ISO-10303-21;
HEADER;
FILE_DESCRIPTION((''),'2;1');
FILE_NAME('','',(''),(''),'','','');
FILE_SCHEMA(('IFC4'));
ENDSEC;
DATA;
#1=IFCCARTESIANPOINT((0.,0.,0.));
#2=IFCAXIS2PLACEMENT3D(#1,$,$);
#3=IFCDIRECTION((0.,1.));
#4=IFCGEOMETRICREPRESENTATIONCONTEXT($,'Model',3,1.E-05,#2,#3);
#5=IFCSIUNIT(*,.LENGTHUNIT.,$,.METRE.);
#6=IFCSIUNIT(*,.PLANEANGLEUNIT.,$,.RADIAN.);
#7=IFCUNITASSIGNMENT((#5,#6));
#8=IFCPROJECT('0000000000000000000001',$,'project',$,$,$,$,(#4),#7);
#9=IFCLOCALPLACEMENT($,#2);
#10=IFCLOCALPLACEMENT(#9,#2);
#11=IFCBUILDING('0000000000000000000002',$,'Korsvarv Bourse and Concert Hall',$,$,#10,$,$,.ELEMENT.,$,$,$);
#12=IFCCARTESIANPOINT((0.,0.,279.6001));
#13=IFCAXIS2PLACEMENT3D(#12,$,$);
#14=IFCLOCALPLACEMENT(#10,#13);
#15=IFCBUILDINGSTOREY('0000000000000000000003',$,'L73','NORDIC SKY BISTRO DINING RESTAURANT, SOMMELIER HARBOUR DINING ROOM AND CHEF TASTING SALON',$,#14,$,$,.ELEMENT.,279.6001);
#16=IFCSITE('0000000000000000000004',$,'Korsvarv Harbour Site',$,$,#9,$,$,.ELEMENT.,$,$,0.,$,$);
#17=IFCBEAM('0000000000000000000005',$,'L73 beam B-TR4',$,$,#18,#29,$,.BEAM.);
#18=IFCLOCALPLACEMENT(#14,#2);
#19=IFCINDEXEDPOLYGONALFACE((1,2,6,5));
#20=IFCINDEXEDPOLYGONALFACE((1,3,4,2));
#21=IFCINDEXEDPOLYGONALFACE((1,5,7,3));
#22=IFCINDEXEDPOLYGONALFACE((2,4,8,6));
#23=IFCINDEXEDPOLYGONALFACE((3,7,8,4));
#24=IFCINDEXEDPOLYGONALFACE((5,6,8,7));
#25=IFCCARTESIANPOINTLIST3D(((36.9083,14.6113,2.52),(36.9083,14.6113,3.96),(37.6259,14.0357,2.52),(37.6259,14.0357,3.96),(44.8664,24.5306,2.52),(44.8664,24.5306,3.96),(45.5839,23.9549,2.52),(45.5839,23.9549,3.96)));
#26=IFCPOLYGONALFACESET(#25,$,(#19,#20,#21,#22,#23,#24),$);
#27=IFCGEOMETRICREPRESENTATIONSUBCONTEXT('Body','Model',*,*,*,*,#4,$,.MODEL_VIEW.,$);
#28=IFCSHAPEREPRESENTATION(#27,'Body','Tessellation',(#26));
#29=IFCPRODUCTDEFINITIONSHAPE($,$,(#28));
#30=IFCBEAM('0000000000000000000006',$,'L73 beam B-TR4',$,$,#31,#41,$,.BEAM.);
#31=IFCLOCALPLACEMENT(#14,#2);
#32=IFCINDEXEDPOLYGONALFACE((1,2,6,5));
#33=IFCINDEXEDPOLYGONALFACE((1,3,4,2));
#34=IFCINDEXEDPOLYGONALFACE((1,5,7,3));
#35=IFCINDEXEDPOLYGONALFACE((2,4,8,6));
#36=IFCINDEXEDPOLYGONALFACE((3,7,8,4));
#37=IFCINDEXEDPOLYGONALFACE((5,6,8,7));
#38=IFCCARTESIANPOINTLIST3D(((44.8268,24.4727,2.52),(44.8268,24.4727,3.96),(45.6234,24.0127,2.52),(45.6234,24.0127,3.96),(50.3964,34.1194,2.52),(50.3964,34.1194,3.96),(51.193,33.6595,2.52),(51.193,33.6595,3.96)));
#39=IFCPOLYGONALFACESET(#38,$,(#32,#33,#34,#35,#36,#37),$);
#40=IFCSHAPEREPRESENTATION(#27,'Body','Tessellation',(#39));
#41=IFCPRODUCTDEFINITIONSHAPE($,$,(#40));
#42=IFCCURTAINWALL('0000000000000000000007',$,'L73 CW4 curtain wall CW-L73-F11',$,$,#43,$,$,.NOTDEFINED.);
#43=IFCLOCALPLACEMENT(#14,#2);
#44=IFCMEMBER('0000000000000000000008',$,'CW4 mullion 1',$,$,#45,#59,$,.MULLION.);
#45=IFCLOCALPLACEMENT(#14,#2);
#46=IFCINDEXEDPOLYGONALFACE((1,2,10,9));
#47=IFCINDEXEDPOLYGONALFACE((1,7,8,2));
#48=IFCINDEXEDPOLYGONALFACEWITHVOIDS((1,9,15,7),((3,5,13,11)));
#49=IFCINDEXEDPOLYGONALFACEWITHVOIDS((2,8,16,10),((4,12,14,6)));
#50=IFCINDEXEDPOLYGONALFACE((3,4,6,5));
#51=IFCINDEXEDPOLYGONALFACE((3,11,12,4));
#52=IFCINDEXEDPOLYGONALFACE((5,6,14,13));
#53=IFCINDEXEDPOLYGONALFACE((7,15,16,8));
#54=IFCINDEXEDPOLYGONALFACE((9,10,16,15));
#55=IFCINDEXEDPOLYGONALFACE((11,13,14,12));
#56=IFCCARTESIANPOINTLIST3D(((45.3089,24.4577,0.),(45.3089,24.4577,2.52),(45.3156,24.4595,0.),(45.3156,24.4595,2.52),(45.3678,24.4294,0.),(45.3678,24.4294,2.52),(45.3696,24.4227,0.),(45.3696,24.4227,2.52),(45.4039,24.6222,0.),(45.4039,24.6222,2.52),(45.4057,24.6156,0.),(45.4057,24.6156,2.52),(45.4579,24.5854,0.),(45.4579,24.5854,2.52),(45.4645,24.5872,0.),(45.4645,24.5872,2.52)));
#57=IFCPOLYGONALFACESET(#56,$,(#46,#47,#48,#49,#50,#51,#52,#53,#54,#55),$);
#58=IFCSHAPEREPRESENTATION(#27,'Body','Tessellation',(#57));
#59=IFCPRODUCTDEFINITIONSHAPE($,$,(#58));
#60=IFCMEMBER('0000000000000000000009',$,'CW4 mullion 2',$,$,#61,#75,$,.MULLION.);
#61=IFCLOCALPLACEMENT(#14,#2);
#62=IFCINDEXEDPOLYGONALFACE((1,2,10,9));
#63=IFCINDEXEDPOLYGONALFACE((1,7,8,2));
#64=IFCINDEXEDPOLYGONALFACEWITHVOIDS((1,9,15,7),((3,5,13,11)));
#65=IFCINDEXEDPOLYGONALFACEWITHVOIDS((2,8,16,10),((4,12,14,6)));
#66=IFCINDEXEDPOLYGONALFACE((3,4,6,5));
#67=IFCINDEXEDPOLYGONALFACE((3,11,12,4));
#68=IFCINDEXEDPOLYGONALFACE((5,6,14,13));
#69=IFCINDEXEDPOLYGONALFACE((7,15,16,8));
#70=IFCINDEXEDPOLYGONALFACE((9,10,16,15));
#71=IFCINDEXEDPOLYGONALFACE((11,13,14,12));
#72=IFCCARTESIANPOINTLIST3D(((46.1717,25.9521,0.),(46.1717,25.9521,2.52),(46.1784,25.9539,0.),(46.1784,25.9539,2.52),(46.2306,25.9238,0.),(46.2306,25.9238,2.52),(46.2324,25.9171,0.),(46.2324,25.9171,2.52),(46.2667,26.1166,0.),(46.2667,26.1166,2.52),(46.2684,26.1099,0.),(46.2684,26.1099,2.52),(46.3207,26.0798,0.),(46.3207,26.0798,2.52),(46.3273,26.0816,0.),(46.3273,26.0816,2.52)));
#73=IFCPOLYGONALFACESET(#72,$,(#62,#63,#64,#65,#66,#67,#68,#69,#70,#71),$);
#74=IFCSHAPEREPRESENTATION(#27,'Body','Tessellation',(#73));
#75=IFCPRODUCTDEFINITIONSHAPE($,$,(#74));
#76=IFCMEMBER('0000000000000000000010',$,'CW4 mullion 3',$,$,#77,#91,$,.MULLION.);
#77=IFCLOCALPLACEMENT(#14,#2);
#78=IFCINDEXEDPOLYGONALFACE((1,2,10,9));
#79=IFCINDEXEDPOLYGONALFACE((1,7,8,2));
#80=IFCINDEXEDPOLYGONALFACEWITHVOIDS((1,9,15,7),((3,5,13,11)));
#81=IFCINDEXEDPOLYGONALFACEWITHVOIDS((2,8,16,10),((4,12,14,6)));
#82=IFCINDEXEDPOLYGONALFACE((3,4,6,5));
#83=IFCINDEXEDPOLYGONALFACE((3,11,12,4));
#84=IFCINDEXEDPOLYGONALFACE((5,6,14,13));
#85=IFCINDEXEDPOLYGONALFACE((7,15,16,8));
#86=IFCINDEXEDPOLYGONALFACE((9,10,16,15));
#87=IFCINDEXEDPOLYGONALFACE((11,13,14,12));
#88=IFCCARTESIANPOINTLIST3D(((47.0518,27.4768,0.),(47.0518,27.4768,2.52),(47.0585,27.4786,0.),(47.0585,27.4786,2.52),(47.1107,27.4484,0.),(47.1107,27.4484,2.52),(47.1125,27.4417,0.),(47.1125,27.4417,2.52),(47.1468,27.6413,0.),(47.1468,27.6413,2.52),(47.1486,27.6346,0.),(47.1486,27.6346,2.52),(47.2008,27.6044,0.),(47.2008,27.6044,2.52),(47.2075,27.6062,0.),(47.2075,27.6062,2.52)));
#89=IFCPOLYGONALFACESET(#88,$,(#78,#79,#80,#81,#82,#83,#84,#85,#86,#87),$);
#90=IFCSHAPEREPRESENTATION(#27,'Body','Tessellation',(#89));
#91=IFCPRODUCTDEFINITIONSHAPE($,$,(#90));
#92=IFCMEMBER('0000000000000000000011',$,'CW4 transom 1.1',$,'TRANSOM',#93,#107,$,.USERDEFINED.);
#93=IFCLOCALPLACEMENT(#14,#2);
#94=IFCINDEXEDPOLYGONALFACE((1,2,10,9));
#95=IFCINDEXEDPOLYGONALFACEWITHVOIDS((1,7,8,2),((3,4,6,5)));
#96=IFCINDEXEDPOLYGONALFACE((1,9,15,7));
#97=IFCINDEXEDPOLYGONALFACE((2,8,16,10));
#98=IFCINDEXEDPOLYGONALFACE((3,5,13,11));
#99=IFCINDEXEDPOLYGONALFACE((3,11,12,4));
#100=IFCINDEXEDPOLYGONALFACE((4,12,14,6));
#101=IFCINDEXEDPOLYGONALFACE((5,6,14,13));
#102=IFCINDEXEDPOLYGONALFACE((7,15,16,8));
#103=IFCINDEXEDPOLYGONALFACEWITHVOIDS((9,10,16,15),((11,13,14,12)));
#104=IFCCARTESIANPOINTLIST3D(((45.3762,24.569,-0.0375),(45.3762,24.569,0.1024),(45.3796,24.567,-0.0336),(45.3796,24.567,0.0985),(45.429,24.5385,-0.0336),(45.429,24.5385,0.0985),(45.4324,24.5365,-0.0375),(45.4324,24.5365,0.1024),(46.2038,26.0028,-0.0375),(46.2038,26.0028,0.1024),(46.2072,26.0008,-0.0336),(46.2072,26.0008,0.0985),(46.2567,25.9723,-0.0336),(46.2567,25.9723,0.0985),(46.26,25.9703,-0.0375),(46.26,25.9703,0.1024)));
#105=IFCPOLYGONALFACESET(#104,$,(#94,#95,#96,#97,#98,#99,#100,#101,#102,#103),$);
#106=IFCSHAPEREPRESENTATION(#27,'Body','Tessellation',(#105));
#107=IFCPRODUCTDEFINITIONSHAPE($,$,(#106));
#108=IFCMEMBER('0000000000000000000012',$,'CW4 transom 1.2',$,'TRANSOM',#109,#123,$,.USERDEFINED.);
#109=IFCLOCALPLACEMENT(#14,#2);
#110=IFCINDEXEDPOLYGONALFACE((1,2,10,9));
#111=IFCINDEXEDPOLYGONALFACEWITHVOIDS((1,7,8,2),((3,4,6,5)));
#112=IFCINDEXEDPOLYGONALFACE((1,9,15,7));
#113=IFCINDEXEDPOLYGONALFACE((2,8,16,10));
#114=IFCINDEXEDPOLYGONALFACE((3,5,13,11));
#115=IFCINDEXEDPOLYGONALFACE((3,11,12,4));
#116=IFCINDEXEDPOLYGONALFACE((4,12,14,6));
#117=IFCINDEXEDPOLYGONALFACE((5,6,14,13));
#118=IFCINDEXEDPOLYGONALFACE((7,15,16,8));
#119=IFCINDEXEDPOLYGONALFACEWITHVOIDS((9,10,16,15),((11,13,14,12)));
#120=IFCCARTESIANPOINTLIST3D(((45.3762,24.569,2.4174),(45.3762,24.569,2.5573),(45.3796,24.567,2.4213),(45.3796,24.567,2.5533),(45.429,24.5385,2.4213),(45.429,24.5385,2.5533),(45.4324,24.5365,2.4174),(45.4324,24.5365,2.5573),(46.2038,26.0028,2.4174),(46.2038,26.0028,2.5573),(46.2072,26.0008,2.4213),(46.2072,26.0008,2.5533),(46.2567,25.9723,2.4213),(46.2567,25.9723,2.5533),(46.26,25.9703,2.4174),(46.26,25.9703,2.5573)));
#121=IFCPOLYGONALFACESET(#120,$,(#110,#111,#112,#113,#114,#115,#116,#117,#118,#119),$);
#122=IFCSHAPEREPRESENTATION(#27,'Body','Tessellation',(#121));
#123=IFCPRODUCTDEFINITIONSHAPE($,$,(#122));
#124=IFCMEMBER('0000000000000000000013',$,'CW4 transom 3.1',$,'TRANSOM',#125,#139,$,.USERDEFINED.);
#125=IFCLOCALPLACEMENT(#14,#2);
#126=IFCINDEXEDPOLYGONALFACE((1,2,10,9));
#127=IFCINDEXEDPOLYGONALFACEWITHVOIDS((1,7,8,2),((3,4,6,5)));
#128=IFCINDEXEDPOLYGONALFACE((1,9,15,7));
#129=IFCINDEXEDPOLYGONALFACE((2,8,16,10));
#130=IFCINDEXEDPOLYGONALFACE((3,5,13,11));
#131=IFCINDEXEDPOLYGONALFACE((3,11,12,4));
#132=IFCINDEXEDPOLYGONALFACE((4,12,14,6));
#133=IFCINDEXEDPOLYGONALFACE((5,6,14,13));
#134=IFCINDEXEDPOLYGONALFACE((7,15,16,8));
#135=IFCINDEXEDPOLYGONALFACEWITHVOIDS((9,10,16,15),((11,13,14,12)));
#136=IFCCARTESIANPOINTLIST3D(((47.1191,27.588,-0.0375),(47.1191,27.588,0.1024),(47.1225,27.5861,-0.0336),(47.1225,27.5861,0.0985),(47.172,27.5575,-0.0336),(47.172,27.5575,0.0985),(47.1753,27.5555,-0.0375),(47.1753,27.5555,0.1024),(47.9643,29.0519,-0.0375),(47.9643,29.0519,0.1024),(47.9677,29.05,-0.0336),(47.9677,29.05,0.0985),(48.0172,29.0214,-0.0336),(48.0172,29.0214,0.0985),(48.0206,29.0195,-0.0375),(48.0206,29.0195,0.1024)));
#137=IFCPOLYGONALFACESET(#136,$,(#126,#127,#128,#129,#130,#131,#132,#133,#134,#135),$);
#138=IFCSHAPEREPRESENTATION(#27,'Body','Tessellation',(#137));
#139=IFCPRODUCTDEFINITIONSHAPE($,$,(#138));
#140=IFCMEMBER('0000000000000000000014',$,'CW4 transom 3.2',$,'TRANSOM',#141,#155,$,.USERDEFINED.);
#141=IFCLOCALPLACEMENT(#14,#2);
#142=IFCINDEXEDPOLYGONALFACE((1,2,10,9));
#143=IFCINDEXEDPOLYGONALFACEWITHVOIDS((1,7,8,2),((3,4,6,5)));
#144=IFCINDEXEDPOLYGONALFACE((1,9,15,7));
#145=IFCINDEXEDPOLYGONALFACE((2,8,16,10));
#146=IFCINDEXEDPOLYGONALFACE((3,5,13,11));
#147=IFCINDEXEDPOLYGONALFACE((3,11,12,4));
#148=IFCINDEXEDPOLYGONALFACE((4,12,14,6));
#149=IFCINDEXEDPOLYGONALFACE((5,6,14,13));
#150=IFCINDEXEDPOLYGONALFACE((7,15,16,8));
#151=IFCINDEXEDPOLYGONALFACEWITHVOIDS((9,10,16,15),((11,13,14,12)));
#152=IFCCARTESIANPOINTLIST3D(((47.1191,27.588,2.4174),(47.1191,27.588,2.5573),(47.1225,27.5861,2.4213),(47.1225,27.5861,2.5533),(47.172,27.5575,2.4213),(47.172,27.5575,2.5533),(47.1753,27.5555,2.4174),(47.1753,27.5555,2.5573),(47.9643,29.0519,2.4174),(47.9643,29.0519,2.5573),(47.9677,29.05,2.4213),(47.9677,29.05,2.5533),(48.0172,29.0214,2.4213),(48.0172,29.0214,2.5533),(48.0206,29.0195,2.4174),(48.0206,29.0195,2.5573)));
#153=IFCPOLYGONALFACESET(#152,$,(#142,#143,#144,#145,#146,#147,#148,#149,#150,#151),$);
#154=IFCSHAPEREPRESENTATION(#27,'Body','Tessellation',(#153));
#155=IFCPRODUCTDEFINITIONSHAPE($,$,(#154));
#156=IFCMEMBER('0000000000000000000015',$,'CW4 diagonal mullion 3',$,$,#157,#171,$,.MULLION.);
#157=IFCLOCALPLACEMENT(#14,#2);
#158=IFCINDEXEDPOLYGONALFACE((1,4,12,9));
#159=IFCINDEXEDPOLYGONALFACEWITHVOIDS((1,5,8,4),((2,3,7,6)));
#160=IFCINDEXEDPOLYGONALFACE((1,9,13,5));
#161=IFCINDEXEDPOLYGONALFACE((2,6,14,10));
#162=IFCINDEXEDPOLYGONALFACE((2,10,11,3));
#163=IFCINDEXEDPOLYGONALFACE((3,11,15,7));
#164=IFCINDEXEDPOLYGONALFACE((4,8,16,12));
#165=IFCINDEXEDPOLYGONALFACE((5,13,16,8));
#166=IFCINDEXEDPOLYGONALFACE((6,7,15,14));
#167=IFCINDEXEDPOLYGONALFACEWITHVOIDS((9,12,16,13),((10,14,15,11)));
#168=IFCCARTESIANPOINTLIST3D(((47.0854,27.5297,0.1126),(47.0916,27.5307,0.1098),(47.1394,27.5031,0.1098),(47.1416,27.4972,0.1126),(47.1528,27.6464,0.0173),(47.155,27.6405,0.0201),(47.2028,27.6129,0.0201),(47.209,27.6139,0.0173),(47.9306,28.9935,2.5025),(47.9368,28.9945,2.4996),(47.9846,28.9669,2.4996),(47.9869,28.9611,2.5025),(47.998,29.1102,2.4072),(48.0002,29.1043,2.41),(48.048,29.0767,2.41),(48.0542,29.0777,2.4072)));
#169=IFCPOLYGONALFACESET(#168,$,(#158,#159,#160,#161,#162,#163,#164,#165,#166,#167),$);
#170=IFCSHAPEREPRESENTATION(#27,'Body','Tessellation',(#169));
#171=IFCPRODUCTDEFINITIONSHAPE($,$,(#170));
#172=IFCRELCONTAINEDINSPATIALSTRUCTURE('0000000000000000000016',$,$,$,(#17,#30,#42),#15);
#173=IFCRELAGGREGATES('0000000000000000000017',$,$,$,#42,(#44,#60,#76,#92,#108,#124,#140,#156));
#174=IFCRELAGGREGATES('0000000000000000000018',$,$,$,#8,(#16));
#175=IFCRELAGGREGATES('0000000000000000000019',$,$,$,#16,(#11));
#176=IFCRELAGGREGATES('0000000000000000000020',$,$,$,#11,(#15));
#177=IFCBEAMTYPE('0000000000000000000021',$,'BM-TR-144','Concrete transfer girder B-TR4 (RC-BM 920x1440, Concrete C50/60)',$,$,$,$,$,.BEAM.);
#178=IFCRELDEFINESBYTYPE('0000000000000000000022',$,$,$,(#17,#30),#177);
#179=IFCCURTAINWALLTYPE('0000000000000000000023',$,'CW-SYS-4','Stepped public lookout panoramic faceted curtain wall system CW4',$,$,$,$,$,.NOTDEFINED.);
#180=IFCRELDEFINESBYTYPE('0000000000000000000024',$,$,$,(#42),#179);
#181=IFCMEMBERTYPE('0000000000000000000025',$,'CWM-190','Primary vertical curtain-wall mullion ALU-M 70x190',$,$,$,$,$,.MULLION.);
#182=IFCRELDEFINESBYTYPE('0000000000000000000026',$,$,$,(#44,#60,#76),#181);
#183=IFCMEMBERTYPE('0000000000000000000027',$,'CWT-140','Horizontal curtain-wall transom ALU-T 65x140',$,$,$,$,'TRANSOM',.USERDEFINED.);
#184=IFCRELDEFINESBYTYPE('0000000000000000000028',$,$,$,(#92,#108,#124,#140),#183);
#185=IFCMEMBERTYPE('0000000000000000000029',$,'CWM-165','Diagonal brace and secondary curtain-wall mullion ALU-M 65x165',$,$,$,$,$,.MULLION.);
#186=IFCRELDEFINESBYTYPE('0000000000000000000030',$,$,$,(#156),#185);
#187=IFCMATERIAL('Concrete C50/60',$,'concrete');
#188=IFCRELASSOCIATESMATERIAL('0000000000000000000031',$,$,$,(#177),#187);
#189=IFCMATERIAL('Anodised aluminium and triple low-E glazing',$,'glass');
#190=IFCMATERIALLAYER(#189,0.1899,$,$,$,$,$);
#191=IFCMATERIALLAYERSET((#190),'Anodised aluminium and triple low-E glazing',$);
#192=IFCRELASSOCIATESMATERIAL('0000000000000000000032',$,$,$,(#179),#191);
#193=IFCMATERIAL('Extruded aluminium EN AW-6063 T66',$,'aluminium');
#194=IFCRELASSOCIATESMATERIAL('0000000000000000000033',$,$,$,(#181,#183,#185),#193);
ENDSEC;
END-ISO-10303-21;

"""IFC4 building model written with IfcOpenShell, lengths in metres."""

from ifc_helpers import new_model, si_unit, direction, frame, origin, origin_2d, place, context, subcontext, project, spatial, rectangle, hollow_rectangle, extrude, source, transform, mapped, material, layer, layer_set, material_profile, profile_set, type_object, element, aggregate, save


model = new_model("IFC4")

# Units and contexts
model_context = context("Model", 3, precision=1e-05, world=origin(), true_north=direction((0.0, 1.0)))
body_context = subcontext(model_context, "Body", "Model", "MODEL_VIEW")
ifc_project = project(units=[si_unit("LENGTHUNIT", "METRE"), si_unit("PLANEANGLEUNIT", "RADIAN")], contexts=[model_context])

# Site, building, storey
site_placement = place(None, origin())
site = spatial("IfcSite", under=ifc_project, at=site_placement, Name="Korsvarv Harbour Site", CompositionType="ELEMENT", RefElevation=0.0)
building_placement = place(site_placement, origin())
building = spatial("IfcBuilding", under=site, at=building_placement, Name="Korsvarv Bourse and Concert Hall", CompositionType="ELEMENT")
storey_placement = place(building_placement, frame((0.0, 0.0, 279.6001)))
storey = spatial("IfcBuildingStorey", under=building, at=storey_placement, Name="L73", Description="NORDIC SKY BISTRO DINING RESTAURANT, SOMMELIER HARBOUR DINING ROOM AND CHEF TASTING SALON", CompositionType="ELEMENT", Elevation=279.6001)

# Beams
ifc_material_1 = material(Name="Concrete C50/60", Category="concrete")
ifc_material_profile_1 = material_profile(ifc_material_1, rectangle(XDim=0.9199, YDim=1.4399, at=origin_2d()), Name="RC-BM 920x1440")
ifc_profile_set_1 = profile_set([ifc_material_profile_1], Name="Concrete C50/60")
beam_type = type_object("IfcBeamType", Name="BM-TR-144", Description="Concrete transfer girder B-TR4 (RC-BM 920x1440, Concrete C50/60)", PredefinedType="BEAM", material=ifc_profile_set_1)
shared_shape_1 = source(origin(), body_context, "Body", "SweptSolid", [
    extrude(rectangle(XDim=0.9199, YDim=1.4399, at=origin_2d()), origin(), (0.0, 0.0, 1.0), 12.717),
])
beam_1_placement = place(storey_placement, frame((37.2671, 14.3235, 3.24), z_axis=(0.625781, 0.779999, 0.0), x_axis=(-0.779999, 0.625781, 0.0)))
element("IfcBeam", 1, at=beam_1_placement, inside=storey, type_object=beam_type, Name="L73 beam B-TR4", PredefinedType="BEAM", context=body_context, shape_type="MappedRepresentation", body=[
    mapped(shared_shape_1, transform((0.0, 0.0, 0.0), scale=1.0)),
])
shared_shape_2 = source(origin(), body_context, "Body", "SweptSolid", [
    extrude(rectangle(XDim=0.9199, YDim=1.4399, at=origin_2d()), origin(), (0.0, 0.0, 1.0), 11.1392),
])
beam_2_placement = place(storey_placement, frame((45.2251, 24.2427, 3.24), z_axis=(0.500003, 0.866024, 0.0), x_axis=(-0.866024, 0.500003, 0.0)))
element("IfcBeam", 2, at=beam_2_placement, inside=storey, type_object=beam_type, Name="L73 beam B-TR4", PredefinedType="BEAM", context=body_context, shape_type="MappedRepresentation", body=[
    mapped(shared_shape_2, transform((0.0, 0.0, 0.0), scale=1.0)),
])

# Curtain wall, members
ifc_material_2 = material(Name="Anodised aluminium and triple low-E glazing", Category="glass")
ifc_layer_1 = layer(ifc_material_2, 0.1899)
ifc_layer_set_1 = layer_set([ifc_layer_1], Name="Anodised aluminium and triple low-E glazing")
curtain_wall_type = type_object("IfcCurtainWallType", Name="CW-SYS-4", Description="Stepped public lookout panoramic faceted curtain wall system CW4", PredefinedType="NOTDEFINED", material=ifc_layer_set_1)
curtain_wall_placement = place(storey_placement, origin())
curtain_wall = element("IfcCurtainWall", 3, at=curtain_wall_placement, inside=storey, type_object=curtain_wall_type, Name="L73 CW4 curtain wall CW-L73-F11", PredefinedType="NOTDEFINED")
ifc_material_3 = material(Name="Extruded aluminium EN AW-6063 T66", Category="aluminium")
ifc_material_profile_2 = material_profile(ifc_material_3, hollow_rectangle(XDim=0.0701, YDim=0.1899, WallThickness=0.0049, at=origin_2d()), Name="ALU-M 70x190")
ifc_profile_set_2 = profile_set([ifc_material_profile_2], Name="Extruded aluminium EN AW-6063 T66")
member_type_1 = type_object("IfcMemberType", Name="CWM-190", Description="Primary vertical curtain-wall mullion ALU-M 70x190", PredefinedType="MULLION", material=ifc_profile_set_2)
shared_shape_3 = source(origin(), body_context, "Body", "SweptSolid", [
    extrude(hollow_rectangle(XDim=0.0701, YDim=0.1899, WallThickness=0.0049, at=origin_2d()), origin(), (0.0, 0.0, 1.0), 2.52),
])
member_1_placement = place(storey_placement, frame((45.3867, 24.5225, 0.0), z_axis=(0.0, 0.0, 1.0), x_axis=(-0.866027, 0.499998, 0.0)))
member_1 = element("IfcMember", 4, at=member_1_placement, type_object=member_type_1, Name="CW4 mullion 1", PredefinedType="MULLION", context=body_context, shape_type="MappedRepresentation", body=[
    mapped(shared_shape_3, transform((0.0, 0.0, 0.0), scale=1.0)),
])
member_2_placement = place(storey_placement, frame((46.2495, 26.0168, 0.0), z_axis=(0.0, 0.0, 1.0), x_axis=(-0.866027, 0.499998, 0.0)))
member_2 = element("IfcMember", 5, at=member_2_placement, type_object=member_type_1, Name="CW4 mullion 2", PredefinedType="MULLION", context=body_context, shape_type="MappedRepresentation", body=[
    mapped(shared_shape_3, transform((0.0, 0.0, 0.0), scale=1.0)),
])
member_3_placement = place(storey_placement, frame((47.1296, 27.5415, 0.0), z_axis=(0.0, 0.0, 1.0), x_axis=(-0.866027, 0.499998, 0.0)))
member_3 = element("IfcMember", 6, at=member_3_placement, type_object=member_type_1, Name="CW4 mullion 3", PredefinedType="MULLION", context=body_context, shape_type="MappedRepresentation", body=[
    mapped(shared_shape_3, transform((0.0, 0.0, 0.0), scale=1.0)),
])
ifc_material_profile_3 = material_profile(ifc_material_3, hollow_rectangle(XDim=0.0649, YDim=0.1399, WallThickness=0.0039, at=origin_2d()), Name="ALU-T 65x140")
ifc_profile_set_3 = profile_set([ifc_material_profile_3], Name="Extruded aluminium EN AW-6063 T66")
member_type_2 = type_object("IfcMemberType", Name="CWT-140", Description="Horizontal curtain-wall transom ALU-T 65x140", ElementType="TRANSOM", PredefinedType="USERDEFINED", material=ifc_profile_set_3)
shared_shape_4 = source(origin(), body_context, "Body", "SweptSolid", [
    extrude(hollow_rectangle(XDim=0.0649, YDim=0.1399, WallThickness=0.0039, at=origin_2d()), origin(), (0.0, 0.0, 1.0), 1.6555),
])
member_4_placement = place(storey_placement, frame((45.4043, 24.5527, 0.0325), z_axis=(0.499914, 0.866075, 0.0), x_axis=(-0.866075, 0.499914, 0.0)))
member_4 = element("IfcMember", 7, at=member_4_placement, type_object=member_type_2, Name="CW4 transom 1.1", ObjectType="TRANSOM", PredefinedType="USERDEFINED", context=body_context, shape_type="MappedRepresentation", body=[
    mapped(shared_shape_4, transform((0.0, 0.0, 0.0), scale=1.0)),
])
member_5_placement = place(storey_placement, frame((45.4043, 24.5527, 2.4873), z_axis=(0.499914, 0.866075, 0.0), x_axis=(-0.866075, 0.499914, 0.0)))
member_5 = element("IfcMember", 8, at=member_5_placement, type_object=member_type_2, Name="CW4 transom 1.2", ObjectType="TRANSOM", PredefinedType="USERDEFINED", context=body_context, shape_type="MappedRepresentation", body=[
    mapped(shared_shape_4, transform((0.0, 0.0, 0.0), scale=1.0)),
])
shared_shape_5 = source(origin(), body_context, "Body", "SweptSolid", [
    extrude(hollow_rectangle(XDim=0.0649, YDim=0.1399, WallThickness=0.0039, at=origin_2d()), origin(), (0.0, 0.0, 1.0), 1.6904),
])
member_6_placement = place(storey_placement, frame((47.1472, 27.5718, 0.0325), z_axis=(0.500023, 0.866012, 0.0), x_axis=(-0.866012, 0.500023, 0.0)))
member_6 = element("IfcMember", 9, at=member_6_placement, type_object=member_type_2, Name="CW4 transom 3.1", ObjectType="TRANSOM", PredefinedType="USERDEFINED", context=body_context, shape_type="MappedRepresentation", body=[
    mapped(shared_shape_5, transform((0.0, 0.0, 0.0), scale=1.0)),
])
member_7_placement = place(storey_placement, frame((47.1472, 27.5718, 2.4873), z_axis=(0.500023, 0.866012, 0.0), x_axis=(-0.866012, 0.500023, 0.0)))
member_7 = element("IfcMember", 10, at=member_7_placement, type_object=member_type_2, Name="CW4 transom 3.2", ObjectType="TRANSOM", PredefinedType="USERDEFINED", context=body_context, shape_type="MappedRepresentation", body=[
    mapped(shared_shape_5, transform((0.0, 0.0, 0.0), scale=1.0)),
])
ifc_material_profile_4 = material_profile(ifc_material_3, hollow_rectangle(XDim=0.0649, YDim=0.165, WallThickness=0.0049, at=origin_2d()), Name="ALU-M 65x165")
ifc_profile_set_4 = profile_set([ifc_material_profile_4], Name="Extruded aluminium EN AW-6063 T66")
member_type_3 = type_object("IfcMemberType", Name="CWM-165", Description="Diagonal brace and secondary curtain-wall mullion ALU-M 65x165", PredefinedType="MULLION", material=ifc_profile_set_4)
shared_shape_6 = source(origin(), body_context, "Body", "SweptSolid", [
    extrude(hollow_rectangle(XDim=0.0649, YDim=0.165, WallThickness=0.0049, at=origin_2d()), origin(), (0.0, 0.0, 1.0), 2.9272),
])
member_8_placement = place(storey_placement, frame((47.1472, 27.5718, 0.0649), z_axis=(0.288739, 0.50008, 0.816425), x_axis=(-0.866012, 0.500023, 0.0)))
member_8 = element("IfcMember", 11, at=member_8_placement, type_object=member_type_3, Name="CW4 diagonal mullion 3", PredefinedType="MULLION", context=body_context, shape_type="MappedRepresentation", body=[
    mapped(shared_shape_6, transform((0.0, 0.0, 0.0), scale=1.0)),
])
aggregate(curtain_wall, [member_1, member_2, member_3, member_4, member_5, member_6, member_7, member_8])

save(model, "model.ifc")
